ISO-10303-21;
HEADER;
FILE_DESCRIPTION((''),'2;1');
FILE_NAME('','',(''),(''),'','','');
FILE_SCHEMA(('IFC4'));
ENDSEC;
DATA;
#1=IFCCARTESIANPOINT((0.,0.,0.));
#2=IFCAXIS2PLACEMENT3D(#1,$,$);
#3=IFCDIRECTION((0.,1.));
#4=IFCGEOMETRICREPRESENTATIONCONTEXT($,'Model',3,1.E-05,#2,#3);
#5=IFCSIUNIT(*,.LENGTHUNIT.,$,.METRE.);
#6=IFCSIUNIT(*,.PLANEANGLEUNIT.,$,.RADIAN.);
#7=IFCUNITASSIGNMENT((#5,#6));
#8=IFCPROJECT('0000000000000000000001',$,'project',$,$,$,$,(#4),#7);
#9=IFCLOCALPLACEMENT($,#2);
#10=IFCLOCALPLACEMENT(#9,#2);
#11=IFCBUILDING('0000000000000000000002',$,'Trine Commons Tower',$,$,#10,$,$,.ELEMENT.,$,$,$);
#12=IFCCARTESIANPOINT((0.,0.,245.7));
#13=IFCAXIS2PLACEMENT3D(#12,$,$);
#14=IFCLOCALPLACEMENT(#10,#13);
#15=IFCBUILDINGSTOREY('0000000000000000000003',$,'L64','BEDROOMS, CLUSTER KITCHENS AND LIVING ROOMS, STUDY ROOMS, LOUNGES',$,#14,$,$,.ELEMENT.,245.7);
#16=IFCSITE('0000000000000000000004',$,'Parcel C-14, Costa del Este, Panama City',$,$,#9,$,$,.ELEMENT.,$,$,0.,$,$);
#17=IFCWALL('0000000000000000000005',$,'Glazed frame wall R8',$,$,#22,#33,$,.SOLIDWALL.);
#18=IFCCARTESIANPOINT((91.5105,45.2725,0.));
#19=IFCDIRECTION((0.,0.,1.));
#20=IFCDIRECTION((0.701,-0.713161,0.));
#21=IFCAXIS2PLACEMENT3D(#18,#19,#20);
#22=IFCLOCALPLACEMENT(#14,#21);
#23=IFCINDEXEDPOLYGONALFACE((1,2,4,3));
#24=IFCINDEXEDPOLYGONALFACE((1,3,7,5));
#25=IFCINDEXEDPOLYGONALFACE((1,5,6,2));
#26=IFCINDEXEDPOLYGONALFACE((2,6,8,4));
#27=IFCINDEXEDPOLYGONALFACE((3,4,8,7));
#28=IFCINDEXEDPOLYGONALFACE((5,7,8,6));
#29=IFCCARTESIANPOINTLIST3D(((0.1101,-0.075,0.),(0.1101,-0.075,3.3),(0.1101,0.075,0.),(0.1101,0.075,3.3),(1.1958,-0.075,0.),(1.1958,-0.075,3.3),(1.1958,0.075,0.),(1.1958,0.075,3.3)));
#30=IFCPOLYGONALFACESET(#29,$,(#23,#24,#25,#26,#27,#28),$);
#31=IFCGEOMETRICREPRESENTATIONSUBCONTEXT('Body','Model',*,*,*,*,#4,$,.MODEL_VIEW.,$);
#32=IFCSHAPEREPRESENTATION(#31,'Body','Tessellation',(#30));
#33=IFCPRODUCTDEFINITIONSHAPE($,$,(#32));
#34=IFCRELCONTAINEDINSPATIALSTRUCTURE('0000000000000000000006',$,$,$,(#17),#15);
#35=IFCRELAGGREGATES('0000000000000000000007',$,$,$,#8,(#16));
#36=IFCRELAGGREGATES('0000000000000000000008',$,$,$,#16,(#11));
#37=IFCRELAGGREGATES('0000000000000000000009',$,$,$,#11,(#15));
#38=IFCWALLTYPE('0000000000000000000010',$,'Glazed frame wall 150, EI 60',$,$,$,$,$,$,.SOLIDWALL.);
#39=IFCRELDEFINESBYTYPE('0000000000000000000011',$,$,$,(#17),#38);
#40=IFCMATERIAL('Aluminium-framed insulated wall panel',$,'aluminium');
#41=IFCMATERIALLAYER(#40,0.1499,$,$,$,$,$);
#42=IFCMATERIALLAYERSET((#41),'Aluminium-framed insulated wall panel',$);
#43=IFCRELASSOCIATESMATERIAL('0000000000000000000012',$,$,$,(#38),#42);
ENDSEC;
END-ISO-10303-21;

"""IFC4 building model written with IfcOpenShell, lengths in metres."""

from ifc_helpers import new_model, si_unit, direction, frame, origin, place, context, subcontext, project, spatial, polyline, outline, extrude, material, layer, layer_set, type_object, element, save


model = new_model("IFC4")

# Units and contexts
model_context = context("Model", 3, precision=1e-05, world=origin(), true_north=direction((0.0, 1.0)))
body_context = subcontext(model_context, "Body", "Model", "MODEL_VIEW")
ifc_project = project(units=[si_unit("LENGTHUNIT", "METRE"), si_unit("PLANEANGLEUNIT", "RADIAN")], contexts=[model_context])

# Site, building, storey
site_placement = place(None, origin())
site = spatial("IfcSite", under=ifc_project, at=site_placement, Name="Parcel C-14, Costa del Este, Panama City", CompositionType="ELEMENT", RefElevation=0.0)
building_placement = place(site_placement, origin())
building = spatial("IfcBuilding", under=site, at=building_placement, Name="Trine Commons Tower", CompositionType="ELEMENT")
storey_placement = place(building_placement, frame((0.0, 0.0, 245.7)))
storey = spatial("IfcBuildingStorey", under=building, at=storey_placement, Name="L64", Description="BEDROOMS, CLUSTER KITCHENS AND LIVING ROOMS, STUDY ROOMS, LOUNGES", CompositionType="ELEMENT", Elevation=245.7)

# Shared definitions
ifc_material_1 = material(Name="Aluminium-framed insulated wall panel", Category="aluminium")
ifc_layer_1 = layer(ifc_material_1, 0.1499)
ifc_layer_set_1 = layer_set([ifc_layer_1], Name="Aluminium-framed insulated wall panel")
wall_type_1 = type_object("IfcWallType", Name="Glazed frame wall 150, EI 60", PredefinedType="SOLIDWALL", material=ifc_layer_set_1)

# Wall
wall_1_placement = place(storey_placement, frame((91.5105, 45.2725, 0.0), z_axis=(0.0, 0.0, 1.0), x_axis=(0.701, -0.713161, 0.0)))
element("IfcWall", 1, at=wall_1_placement, inside=storey, type_object=wall_type_1, Name="Glazed frame wall R8", PredefinedType="SOLIDWALL", context=body_context, shape_type="SweptSolid", body=[
    extrude(outline(polyline([(0.1101, 0.075), (0.1101, -0.075), (1.1958, -0.075), (1.1958, 0.075), (0.1101, 0.075)])), origin(), (0.0, 0.0, 1.0), 3.3),
])

save(model, "model.ifc")
